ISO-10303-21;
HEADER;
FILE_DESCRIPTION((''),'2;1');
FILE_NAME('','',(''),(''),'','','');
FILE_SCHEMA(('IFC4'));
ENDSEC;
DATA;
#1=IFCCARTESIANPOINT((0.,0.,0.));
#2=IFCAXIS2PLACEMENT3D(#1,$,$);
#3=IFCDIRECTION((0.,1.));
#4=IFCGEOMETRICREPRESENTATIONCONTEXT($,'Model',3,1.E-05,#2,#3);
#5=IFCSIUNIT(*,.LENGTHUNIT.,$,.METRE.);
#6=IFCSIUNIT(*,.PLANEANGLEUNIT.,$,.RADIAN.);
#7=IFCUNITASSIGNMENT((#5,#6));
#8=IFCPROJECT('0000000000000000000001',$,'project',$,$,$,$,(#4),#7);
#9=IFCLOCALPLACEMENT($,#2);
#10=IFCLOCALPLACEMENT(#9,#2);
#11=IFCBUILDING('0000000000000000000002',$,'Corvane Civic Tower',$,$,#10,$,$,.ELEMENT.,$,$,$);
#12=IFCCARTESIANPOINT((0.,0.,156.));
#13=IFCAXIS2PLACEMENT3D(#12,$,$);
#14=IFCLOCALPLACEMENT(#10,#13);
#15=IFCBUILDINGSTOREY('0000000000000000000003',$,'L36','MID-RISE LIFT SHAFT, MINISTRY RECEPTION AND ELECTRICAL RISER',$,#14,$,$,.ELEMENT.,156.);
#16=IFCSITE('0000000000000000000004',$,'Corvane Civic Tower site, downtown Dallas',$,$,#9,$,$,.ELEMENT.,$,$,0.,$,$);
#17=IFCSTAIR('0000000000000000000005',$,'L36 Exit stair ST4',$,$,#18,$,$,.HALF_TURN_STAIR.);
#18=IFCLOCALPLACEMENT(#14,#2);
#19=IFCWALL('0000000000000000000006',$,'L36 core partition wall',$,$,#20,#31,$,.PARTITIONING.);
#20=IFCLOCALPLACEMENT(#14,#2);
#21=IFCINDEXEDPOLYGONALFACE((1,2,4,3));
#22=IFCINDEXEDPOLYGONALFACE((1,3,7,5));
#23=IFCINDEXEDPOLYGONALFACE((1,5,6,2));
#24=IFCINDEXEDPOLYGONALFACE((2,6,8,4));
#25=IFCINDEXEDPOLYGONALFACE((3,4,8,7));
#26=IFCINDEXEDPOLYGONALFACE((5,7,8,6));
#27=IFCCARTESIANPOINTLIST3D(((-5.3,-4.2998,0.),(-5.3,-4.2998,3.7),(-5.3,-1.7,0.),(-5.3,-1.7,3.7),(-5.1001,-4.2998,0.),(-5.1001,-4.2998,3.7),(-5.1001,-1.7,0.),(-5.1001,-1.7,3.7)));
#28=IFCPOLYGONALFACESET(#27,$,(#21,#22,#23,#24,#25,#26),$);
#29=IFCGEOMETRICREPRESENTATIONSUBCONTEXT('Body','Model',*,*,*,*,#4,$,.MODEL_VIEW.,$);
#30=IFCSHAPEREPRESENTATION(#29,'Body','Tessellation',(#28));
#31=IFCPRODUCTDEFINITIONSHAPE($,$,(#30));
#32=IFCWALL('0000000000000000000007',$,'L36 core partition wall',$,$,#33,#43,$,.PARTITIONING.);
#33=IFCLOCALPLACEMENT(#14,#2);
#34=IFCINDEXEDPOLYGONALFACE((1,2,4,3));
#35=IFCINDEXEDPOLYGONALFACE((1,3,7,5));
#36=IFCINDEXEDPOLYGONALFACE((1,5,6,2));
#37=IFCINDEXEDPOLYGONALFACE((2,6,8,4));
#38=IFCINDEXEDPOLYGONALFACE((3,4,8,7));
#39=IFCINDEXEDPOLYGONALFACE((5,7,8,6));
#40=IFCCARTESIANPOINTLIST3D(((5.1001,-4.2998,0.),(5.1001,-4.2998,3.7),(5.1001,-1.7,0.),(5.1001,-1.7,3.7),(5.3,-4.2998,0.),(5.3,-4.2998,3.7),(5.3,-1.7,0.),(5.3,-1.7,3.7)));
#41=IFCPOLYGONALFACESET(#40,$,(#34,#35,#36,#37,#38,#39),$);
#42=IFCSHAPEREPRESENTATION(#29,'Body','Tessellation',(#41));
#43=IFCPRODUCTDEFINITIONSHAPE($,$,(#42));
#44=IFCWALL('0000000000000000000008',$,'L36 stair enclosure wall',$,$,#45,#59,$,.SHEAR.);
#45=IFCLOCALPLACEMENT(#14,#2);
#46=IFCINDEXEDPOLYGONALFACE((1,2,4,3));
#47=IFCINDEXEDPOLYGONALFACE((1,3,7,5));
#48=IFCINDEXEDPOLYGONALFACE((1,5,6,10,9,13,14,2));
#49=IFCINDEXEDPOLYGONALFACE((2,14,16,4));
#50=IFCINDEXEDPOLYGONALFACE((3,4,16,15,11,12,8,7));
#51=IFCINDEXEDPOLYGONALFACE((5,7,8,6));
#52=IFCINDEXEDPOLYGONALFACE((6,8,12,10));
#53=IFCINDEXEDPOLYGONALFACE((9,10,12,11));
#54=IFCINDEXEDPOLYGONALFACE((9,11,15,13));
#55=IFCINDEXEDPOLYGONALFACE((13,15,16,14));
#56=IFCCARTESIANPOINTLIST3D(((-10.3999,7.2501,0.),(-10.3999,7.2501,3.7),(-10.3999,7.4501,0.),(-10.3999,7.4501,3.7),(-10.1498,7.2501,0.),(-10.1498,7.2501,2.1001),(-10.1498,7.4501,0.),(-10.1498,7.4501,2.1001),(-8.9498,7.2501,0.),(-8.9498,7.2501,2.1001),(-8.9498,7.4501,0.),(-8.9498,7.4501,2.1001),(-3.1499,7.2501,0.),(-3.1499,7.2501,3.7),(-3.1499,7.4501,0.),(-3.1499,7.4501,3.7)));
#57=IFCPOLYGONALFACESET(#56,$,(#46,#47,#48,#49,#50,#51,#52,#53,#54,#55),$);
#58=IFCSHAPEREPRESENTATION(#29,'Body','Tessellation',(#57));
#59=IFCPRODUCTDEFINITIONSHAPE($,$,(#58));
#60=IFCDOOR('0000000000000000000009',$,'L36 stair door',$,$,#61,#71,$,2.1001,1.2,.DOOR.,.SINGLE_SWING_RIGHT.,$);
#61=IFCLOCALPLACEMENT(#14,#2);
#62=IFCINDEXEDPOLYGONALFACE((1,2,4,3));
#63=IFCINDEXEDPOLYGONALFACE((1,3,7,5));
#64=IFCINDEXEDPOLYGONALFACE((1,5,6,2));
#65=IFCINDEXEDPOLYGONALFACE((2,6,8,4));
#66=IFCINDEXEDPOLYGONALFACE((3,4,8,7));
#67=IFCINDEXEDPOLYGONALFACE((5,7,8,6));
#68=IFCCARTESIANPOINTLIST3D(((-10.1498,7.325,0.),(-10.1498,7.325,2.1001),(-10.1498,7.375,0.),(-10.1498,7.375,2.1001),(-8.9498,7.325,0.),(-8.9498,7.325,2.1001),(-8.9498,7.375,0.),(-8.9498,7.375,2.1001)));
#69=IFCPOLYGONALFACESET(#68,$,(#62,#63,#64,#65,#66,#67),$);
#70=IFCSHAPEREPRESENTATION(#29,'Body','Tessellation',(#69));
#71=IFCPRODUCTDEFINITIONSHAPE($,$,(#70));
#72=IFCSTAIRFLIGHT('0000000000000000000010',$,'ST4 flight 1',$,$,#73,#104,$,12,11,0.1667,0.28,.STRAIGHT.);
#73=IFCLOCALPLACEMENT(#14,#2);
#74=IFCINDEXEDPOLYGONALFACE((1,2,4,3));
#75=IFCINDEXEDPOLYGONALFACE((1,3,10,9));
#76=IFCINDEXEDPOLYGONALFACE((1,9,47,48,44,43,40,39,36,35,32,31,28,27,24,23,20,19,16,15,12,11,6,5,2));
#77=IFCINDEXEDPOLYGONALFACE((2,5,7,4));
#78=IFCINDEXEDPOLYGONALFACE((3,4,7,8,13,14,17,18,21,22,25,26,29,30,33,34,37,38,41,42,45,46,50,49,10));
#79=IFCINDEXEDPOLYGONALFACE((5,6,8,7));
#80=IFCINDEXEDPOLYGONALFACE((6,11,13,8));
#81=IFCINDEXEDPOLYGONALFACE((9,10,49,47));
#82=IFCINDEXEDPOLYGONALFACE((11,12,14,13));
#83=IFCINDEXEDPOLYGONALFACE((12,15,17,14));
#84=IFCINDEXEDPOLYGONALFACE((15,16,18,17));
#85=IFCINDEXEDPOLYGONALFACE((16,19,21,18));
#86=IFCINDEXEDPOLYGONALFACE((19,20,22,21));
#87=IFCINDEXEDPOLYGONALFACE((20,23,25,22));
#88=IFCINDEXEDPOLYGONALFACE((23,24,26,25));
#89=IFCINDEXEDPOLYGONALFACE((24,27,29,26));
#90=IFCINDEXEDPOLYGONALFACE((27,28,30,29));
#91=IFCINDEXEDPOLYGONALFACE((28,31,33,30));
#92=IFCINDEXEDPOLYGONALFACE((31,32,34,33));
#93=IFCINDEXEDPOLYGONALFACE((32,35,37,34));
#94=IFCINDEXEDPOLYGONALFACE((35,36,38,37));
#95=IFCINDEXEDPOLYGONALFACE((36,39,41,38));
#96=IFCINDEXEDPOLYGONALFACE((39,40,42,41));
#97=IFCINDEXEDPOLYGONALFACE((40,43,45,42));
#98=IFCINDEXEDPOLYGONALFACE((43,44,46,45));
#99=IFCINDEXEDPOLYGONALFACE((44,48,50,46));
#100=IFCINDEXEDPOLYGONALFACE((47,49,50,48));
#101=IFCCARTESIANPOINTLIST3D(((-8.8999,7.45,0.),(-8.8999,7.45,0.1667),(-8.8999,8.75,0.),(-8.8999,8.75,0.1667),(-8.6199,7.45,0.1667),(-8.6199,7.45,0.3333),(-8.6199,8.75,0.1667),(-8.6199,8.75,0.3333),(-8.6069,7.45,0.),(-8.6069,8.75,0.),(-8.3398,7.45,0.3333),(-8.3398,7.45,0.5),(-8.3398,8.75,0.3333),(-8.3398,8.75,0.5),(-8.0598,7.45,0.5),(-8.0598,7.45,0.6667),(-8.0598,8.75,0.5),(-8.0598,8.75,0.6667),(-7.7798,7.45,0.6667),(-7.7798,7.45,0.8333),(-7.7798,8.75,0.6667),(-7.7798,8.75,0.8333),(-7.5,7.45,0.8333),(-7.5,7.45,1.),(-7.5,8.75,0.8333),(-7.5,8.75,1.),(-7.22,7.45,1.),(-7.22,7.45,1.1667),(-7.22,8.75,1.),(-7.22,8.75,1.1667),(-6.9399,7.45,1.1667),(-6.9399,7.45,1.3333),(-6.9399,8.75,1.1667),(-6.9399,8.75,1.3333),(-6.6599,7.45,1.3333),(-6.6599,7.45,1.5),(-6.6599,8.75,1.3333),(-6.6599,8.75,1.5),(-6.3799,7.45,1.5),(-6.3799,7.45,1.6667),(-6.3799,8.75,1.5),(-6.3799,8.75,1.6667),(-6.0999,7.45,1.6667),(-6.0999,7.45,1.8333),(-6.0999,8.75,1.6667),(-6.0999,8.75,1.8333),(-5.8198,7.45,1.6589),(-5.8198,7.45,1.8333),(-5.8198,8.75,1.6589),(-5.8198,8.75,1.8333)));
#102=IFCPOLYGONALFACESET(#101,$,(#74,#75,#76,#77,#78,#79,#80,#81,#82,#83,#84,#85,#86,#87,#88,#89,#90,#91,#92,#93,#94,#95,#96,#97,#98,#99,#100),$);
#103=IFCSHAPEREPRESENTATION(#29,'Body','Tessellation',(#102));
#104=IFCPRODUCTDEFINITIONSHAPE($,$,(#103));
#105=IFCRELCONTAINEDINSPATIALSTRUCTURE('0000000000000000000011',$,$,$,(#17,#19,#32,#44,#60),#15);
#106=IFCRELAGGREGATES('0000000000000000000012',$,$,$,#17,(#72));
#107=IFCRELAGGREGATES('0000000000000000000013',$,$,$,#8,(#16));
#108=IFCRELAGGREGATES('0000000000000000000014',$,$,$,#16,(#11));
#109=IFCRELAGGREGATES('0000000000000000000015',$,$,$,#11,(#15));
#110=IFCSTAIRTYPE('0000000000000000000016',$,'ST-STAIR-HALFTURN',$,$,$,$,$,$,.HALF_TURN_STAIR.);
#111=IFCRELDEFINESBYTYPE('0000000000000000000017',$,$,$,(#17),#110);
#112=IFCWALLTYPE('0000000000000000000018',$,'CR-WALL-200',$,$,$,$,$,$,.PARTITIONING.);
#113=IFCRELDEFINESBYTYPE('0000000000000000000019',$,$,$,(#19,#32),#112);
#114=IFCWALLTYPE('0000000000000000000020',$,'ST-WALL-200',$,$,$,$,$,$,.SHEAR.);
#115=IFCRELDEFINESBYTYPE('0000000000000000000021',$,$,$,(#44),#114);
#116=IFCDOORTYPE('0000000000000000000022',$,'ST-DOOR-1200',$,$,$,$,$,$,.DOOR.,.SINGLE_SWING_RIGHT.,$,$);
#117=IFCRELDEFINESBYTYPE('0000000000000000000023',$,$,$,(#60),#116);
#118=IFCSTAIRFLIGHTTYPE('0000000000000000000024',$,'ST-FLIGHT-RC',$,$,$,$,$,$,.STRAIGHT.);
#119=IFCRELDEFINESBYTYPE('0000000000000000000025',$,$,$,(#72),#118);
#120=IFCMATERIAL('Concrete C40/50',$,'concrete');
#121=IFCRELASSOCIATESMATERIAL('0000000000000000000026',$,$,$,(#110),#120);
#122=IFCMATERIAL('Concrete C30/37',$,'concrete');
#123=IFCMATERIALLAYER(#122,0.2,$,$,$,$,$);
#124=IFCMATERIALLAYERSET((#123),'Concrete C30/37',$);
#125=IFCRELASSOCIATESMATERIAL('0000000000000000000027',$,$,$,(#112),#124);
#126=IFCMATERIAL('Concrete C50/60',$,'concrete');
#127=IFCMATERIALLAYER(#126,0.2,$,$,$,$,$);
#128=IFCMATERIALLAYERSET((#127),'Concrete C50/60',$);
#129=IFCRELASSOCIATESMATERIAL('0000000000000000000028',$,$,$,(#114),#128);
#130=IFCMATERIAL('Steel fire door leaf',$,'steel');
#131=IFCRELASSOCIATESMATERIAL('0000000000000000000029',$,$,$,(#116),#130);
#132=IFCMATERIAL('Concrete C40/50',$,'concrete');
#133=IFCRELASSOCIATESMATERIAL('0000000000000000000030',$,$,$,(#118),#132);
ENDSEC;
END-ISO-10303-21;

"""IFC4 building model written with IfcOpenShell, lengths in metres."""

from ifc_helpers import new_model, si_unit, direction, frame, frame_2d, origin, place, context, subcontext, project, spatial, polyline, rectangle, outline, extrude, material, layer, layer_set, type_object, element, fill, aggregate, save


model = new_model("IFC4")

# Units and contexts
model_context = context("Model", 3, precision=1e-05, world=origin(), true_north=direction((0.0, 1.0)))
body_context = subcontext(model_context, "Body", "Model", "MODEL_VIEW")
ifc_project = project(units=[si_unit("LENGTHUNIT", "METRE"), si_unit("PLANEANGLEUNIT", "RADIAN")], contexts=[model_context])

# Site, building, storey
site_placement = place(None, origin())
site = spatial("IfcSite", under=ifc_project, at=site_placement, Name="Corvane Civic Tower site, downtown Dallas", CompositionType="ELEMENT", RefElevation=0.0)
building_placement = place(site_placement, origin())
building = spatial("IfcBuilding", under=site, at=building_placement, Name="Corvane Civic Tower", CompositionType="ELEMENT")
storey_placement = place(building_placement, frame((0.0, 0.0, 156.0)))
storey = spatial("IfcBuildingStorey", under=building, at=storey_placement, Name="L36", Description="MID-RISE LIFT SHAFT, MINISTRY RECEPTION AND ELECTRICAL RISER", CompositionType="ELEMENT", Elevation=156.0)

# Stair
ifc_material_1 = material(Name="Concrete C40/50", Category="concrete")
stair_type = type_object("IfcStairType", Name="ST-STAIR-HALFTURN", PredefinedType="HALF_TURN_STAIR", material=ifc_material_1)
stair_1_placement = place(storey_placement, origin())
stair_1 = element("IfcStair", 1, at=stair_1_placement, inside=storey, type_object=stair_type, Name="L36 Exit stair ST4", PredefinedType="HALF_TURN_STAIR")

# Shared definitions
ifc_material_2 = material(Name="Concrete C30/37", Category="concrete")
ifc_layer_1 = layer(ifc_material_2, 0.2)
ifc_layer_set_1 = layer_set([ifc_layer_1], Name="Concrete C30/37")
wall_type_1 = type_object("IfcWallType", Name="CR-WALL-200", PredefinedType="PARTITIONING", material=ifc_layer_set_1)

# Walls
wall_1_placement = place(storey_placement, origin())
element("IfcWall", 2, at=wall_1_placement, inside=storey, type_object=wall_type_1, Name="L36 core partition wall", PredefinedType="PARTITIONING", context=body_context, shape_type="SweptSolid", body=[
    extrude(outline(polyline([(-5.1001, -1.7), (-5.1001, -4.2998), (-5.3, -4.2998), (-5.3, -1.7), (-5.1001, -1.7)])), origin(), (0.0, 0.0, 1.0), 3.7),
])
wall_2_placement = place(storey_placement, origin())
element("IfcWall", 3, at=wall_2_placement, inside=storey, type_object=wall_type_1, Name="L36 core partition wall", PredefinedType="PARTITIONING", context=body_context, shape_type="SweptSolid", body=[
    extrude(outline(polyline([(5.3, -1.7), (5.3, -4.2998), (5.1001, -4.2998), (5.1001, -1.7), (5.3, -1.7)])), origin(), (0.0, 0.0, 1.0), 3.7),
])

# Wall, opening, door
ifc_material_3 = material(Name="Concrete C50/60", Category="concrete")
ifc_layer_2 = layer(ifc_material_3, 0.2)
ifc_layer_set_2 = layer_set([ifc_layer_2], Name="Concrete C50/60")
wall_type_2 = type_object("IfcWallType", Name="ST-WALL-200", PredefinedType="SHEAR", material=ifc_layer_set_2)
wall_3_placement = place(storey_placement, frame((-10.3999, 7.3501, 0.0), z_axis=(0.0, 0.0, 1.0), x_axis=(1.0, 0.0, 0.0)))
wall_3 = element("IfcWall", 4, at=wall_3_placement, inside=storey, type_object=wall_type_2, Name="L36 stair enclosure wall", PredefinedType="SHEAR", context=body_context, shape_type="SweptSolid", body=[
    extrude(rectangle(XDim=7.25, YDim=0.2, at=frame_2d((3.625, 0.0))), origin(), (0.0, 0.0, 1.0), 3.7),
])
opening_1_placement = place(wall_3_placement, frame((0.25, 0.0, 0.0)))
opening_1 = element("IfcOpeningElement", 5, at=opening_1_placement, cuts=wall_3, PredefinedType="OPENING", context=body_context, shape_type="SweptSolid", body=[
    extrude(rectangle(XDim=1.2, YDim=2.1001, at=frame_2d((0.6001, 1.05))), frame((0.0, 0.1099, 0.0), z_axis=(0.0, -1.0, 0.0), x_axis=(1.0, 0.0, 0.0)), (0.0, 0.0, 1.0), 0.22),
])
ifc_material_4 = material(Name="Steel fire door leaf", Category="steel")
door_type_1 = type_object("IfcDoorType", Name="ST-DOOR-1200", OperationType="SINGLE_SWING_RIGHT", PredefinedType="DOOR", material=ifc_material_4)
door_1_placement = place(opening_1_placement, origin())
door_1 = element("IfcDoor", 6, at=door_1_placement, inside=storey, type_object=door_type_1, Name="L36 stair door", OperationType="SINGLE_SWING_RIGHT", OverallHeight=2.1001, OverallWidth=1.2, PredefinedType="DOOR", context=body_context, shape_type="SweptSolid", body=[
    extrude(rectangle(XDim=1.2, YDim=2.1001, at=frame_2d((0.6001, 1.05))), frame((0.0, 0.0249, 0.0), z_axis=(0.0, -1.0, 0.0), x_axis=(1.0, 0.0, 0.0)), (0.0, 0.0, 1.0), 0.05),
])
fill(opening_1, door_1)

# Stair flight
ifc_material_5 = material(Name="Concrete C40/50", Category="concrete")
stair_flight_type = type_object("IfcStairFlightType", Name="ST-FLIGHT-RC", PredefinedType="STRAIGHT", material=ifc_material_5)
stair_flight_placement = place(storey_placement, frame((-8.8999, 8.1001, 0.0), z_axis=(0.0, 0.0, 1.0), x_axis=(1.0, 0.0, 0.0)))
stair_flight = element("IfcStairFlight", 7, at=stair_flight_placement, type_object=stair_flight_type, Name="ST4 flight 1", NumberOfRisers=12, NumberOfTreads=11, PredefinedType="STRAIGHT", RiserHeight=0.1667, TreadLength=0.28, context=body_context, shape_type="SweptSolid", body=[
    extrude(outline(polyline([(0.0, 0.0), (0.0, 0.1667), (0.28, 0.1667), (0.28, 0.3333), (0.5601, 0.3333), (0.5601, 0.5), (0.8401, 0.5), (0.8401, 0.6667), (1.1201, 0.6667), (1.1201, 0.8333), (1.3999, 0.8333), (1.3999, 1.0), (1.6799, 1.0), (1.6799, 1.1667), (1.96, 1.1667), (1.96, 1.3333), (2.24, 1.3333), (2.24, 1.5), (2.52, 1.5), (2.52, 1.6667), (2.8, 1.6667), (2.8, 1.8333), (3.0801, 1.8333), (3.0801, 2.0), (3.0801, 1.6589), (0.293, 0.0), (0.0, 0.0)])), frame((0.0, 0.6499, 0.0), z_axis=(0.0, -1.0, 0.0), x_axis=(1.0, 0.0, 0.0)), (0.0, 0.0, 1.0), 1.3),
])
aggregate(stair_1, [stair_flight])

save(model, "model.ifc")
